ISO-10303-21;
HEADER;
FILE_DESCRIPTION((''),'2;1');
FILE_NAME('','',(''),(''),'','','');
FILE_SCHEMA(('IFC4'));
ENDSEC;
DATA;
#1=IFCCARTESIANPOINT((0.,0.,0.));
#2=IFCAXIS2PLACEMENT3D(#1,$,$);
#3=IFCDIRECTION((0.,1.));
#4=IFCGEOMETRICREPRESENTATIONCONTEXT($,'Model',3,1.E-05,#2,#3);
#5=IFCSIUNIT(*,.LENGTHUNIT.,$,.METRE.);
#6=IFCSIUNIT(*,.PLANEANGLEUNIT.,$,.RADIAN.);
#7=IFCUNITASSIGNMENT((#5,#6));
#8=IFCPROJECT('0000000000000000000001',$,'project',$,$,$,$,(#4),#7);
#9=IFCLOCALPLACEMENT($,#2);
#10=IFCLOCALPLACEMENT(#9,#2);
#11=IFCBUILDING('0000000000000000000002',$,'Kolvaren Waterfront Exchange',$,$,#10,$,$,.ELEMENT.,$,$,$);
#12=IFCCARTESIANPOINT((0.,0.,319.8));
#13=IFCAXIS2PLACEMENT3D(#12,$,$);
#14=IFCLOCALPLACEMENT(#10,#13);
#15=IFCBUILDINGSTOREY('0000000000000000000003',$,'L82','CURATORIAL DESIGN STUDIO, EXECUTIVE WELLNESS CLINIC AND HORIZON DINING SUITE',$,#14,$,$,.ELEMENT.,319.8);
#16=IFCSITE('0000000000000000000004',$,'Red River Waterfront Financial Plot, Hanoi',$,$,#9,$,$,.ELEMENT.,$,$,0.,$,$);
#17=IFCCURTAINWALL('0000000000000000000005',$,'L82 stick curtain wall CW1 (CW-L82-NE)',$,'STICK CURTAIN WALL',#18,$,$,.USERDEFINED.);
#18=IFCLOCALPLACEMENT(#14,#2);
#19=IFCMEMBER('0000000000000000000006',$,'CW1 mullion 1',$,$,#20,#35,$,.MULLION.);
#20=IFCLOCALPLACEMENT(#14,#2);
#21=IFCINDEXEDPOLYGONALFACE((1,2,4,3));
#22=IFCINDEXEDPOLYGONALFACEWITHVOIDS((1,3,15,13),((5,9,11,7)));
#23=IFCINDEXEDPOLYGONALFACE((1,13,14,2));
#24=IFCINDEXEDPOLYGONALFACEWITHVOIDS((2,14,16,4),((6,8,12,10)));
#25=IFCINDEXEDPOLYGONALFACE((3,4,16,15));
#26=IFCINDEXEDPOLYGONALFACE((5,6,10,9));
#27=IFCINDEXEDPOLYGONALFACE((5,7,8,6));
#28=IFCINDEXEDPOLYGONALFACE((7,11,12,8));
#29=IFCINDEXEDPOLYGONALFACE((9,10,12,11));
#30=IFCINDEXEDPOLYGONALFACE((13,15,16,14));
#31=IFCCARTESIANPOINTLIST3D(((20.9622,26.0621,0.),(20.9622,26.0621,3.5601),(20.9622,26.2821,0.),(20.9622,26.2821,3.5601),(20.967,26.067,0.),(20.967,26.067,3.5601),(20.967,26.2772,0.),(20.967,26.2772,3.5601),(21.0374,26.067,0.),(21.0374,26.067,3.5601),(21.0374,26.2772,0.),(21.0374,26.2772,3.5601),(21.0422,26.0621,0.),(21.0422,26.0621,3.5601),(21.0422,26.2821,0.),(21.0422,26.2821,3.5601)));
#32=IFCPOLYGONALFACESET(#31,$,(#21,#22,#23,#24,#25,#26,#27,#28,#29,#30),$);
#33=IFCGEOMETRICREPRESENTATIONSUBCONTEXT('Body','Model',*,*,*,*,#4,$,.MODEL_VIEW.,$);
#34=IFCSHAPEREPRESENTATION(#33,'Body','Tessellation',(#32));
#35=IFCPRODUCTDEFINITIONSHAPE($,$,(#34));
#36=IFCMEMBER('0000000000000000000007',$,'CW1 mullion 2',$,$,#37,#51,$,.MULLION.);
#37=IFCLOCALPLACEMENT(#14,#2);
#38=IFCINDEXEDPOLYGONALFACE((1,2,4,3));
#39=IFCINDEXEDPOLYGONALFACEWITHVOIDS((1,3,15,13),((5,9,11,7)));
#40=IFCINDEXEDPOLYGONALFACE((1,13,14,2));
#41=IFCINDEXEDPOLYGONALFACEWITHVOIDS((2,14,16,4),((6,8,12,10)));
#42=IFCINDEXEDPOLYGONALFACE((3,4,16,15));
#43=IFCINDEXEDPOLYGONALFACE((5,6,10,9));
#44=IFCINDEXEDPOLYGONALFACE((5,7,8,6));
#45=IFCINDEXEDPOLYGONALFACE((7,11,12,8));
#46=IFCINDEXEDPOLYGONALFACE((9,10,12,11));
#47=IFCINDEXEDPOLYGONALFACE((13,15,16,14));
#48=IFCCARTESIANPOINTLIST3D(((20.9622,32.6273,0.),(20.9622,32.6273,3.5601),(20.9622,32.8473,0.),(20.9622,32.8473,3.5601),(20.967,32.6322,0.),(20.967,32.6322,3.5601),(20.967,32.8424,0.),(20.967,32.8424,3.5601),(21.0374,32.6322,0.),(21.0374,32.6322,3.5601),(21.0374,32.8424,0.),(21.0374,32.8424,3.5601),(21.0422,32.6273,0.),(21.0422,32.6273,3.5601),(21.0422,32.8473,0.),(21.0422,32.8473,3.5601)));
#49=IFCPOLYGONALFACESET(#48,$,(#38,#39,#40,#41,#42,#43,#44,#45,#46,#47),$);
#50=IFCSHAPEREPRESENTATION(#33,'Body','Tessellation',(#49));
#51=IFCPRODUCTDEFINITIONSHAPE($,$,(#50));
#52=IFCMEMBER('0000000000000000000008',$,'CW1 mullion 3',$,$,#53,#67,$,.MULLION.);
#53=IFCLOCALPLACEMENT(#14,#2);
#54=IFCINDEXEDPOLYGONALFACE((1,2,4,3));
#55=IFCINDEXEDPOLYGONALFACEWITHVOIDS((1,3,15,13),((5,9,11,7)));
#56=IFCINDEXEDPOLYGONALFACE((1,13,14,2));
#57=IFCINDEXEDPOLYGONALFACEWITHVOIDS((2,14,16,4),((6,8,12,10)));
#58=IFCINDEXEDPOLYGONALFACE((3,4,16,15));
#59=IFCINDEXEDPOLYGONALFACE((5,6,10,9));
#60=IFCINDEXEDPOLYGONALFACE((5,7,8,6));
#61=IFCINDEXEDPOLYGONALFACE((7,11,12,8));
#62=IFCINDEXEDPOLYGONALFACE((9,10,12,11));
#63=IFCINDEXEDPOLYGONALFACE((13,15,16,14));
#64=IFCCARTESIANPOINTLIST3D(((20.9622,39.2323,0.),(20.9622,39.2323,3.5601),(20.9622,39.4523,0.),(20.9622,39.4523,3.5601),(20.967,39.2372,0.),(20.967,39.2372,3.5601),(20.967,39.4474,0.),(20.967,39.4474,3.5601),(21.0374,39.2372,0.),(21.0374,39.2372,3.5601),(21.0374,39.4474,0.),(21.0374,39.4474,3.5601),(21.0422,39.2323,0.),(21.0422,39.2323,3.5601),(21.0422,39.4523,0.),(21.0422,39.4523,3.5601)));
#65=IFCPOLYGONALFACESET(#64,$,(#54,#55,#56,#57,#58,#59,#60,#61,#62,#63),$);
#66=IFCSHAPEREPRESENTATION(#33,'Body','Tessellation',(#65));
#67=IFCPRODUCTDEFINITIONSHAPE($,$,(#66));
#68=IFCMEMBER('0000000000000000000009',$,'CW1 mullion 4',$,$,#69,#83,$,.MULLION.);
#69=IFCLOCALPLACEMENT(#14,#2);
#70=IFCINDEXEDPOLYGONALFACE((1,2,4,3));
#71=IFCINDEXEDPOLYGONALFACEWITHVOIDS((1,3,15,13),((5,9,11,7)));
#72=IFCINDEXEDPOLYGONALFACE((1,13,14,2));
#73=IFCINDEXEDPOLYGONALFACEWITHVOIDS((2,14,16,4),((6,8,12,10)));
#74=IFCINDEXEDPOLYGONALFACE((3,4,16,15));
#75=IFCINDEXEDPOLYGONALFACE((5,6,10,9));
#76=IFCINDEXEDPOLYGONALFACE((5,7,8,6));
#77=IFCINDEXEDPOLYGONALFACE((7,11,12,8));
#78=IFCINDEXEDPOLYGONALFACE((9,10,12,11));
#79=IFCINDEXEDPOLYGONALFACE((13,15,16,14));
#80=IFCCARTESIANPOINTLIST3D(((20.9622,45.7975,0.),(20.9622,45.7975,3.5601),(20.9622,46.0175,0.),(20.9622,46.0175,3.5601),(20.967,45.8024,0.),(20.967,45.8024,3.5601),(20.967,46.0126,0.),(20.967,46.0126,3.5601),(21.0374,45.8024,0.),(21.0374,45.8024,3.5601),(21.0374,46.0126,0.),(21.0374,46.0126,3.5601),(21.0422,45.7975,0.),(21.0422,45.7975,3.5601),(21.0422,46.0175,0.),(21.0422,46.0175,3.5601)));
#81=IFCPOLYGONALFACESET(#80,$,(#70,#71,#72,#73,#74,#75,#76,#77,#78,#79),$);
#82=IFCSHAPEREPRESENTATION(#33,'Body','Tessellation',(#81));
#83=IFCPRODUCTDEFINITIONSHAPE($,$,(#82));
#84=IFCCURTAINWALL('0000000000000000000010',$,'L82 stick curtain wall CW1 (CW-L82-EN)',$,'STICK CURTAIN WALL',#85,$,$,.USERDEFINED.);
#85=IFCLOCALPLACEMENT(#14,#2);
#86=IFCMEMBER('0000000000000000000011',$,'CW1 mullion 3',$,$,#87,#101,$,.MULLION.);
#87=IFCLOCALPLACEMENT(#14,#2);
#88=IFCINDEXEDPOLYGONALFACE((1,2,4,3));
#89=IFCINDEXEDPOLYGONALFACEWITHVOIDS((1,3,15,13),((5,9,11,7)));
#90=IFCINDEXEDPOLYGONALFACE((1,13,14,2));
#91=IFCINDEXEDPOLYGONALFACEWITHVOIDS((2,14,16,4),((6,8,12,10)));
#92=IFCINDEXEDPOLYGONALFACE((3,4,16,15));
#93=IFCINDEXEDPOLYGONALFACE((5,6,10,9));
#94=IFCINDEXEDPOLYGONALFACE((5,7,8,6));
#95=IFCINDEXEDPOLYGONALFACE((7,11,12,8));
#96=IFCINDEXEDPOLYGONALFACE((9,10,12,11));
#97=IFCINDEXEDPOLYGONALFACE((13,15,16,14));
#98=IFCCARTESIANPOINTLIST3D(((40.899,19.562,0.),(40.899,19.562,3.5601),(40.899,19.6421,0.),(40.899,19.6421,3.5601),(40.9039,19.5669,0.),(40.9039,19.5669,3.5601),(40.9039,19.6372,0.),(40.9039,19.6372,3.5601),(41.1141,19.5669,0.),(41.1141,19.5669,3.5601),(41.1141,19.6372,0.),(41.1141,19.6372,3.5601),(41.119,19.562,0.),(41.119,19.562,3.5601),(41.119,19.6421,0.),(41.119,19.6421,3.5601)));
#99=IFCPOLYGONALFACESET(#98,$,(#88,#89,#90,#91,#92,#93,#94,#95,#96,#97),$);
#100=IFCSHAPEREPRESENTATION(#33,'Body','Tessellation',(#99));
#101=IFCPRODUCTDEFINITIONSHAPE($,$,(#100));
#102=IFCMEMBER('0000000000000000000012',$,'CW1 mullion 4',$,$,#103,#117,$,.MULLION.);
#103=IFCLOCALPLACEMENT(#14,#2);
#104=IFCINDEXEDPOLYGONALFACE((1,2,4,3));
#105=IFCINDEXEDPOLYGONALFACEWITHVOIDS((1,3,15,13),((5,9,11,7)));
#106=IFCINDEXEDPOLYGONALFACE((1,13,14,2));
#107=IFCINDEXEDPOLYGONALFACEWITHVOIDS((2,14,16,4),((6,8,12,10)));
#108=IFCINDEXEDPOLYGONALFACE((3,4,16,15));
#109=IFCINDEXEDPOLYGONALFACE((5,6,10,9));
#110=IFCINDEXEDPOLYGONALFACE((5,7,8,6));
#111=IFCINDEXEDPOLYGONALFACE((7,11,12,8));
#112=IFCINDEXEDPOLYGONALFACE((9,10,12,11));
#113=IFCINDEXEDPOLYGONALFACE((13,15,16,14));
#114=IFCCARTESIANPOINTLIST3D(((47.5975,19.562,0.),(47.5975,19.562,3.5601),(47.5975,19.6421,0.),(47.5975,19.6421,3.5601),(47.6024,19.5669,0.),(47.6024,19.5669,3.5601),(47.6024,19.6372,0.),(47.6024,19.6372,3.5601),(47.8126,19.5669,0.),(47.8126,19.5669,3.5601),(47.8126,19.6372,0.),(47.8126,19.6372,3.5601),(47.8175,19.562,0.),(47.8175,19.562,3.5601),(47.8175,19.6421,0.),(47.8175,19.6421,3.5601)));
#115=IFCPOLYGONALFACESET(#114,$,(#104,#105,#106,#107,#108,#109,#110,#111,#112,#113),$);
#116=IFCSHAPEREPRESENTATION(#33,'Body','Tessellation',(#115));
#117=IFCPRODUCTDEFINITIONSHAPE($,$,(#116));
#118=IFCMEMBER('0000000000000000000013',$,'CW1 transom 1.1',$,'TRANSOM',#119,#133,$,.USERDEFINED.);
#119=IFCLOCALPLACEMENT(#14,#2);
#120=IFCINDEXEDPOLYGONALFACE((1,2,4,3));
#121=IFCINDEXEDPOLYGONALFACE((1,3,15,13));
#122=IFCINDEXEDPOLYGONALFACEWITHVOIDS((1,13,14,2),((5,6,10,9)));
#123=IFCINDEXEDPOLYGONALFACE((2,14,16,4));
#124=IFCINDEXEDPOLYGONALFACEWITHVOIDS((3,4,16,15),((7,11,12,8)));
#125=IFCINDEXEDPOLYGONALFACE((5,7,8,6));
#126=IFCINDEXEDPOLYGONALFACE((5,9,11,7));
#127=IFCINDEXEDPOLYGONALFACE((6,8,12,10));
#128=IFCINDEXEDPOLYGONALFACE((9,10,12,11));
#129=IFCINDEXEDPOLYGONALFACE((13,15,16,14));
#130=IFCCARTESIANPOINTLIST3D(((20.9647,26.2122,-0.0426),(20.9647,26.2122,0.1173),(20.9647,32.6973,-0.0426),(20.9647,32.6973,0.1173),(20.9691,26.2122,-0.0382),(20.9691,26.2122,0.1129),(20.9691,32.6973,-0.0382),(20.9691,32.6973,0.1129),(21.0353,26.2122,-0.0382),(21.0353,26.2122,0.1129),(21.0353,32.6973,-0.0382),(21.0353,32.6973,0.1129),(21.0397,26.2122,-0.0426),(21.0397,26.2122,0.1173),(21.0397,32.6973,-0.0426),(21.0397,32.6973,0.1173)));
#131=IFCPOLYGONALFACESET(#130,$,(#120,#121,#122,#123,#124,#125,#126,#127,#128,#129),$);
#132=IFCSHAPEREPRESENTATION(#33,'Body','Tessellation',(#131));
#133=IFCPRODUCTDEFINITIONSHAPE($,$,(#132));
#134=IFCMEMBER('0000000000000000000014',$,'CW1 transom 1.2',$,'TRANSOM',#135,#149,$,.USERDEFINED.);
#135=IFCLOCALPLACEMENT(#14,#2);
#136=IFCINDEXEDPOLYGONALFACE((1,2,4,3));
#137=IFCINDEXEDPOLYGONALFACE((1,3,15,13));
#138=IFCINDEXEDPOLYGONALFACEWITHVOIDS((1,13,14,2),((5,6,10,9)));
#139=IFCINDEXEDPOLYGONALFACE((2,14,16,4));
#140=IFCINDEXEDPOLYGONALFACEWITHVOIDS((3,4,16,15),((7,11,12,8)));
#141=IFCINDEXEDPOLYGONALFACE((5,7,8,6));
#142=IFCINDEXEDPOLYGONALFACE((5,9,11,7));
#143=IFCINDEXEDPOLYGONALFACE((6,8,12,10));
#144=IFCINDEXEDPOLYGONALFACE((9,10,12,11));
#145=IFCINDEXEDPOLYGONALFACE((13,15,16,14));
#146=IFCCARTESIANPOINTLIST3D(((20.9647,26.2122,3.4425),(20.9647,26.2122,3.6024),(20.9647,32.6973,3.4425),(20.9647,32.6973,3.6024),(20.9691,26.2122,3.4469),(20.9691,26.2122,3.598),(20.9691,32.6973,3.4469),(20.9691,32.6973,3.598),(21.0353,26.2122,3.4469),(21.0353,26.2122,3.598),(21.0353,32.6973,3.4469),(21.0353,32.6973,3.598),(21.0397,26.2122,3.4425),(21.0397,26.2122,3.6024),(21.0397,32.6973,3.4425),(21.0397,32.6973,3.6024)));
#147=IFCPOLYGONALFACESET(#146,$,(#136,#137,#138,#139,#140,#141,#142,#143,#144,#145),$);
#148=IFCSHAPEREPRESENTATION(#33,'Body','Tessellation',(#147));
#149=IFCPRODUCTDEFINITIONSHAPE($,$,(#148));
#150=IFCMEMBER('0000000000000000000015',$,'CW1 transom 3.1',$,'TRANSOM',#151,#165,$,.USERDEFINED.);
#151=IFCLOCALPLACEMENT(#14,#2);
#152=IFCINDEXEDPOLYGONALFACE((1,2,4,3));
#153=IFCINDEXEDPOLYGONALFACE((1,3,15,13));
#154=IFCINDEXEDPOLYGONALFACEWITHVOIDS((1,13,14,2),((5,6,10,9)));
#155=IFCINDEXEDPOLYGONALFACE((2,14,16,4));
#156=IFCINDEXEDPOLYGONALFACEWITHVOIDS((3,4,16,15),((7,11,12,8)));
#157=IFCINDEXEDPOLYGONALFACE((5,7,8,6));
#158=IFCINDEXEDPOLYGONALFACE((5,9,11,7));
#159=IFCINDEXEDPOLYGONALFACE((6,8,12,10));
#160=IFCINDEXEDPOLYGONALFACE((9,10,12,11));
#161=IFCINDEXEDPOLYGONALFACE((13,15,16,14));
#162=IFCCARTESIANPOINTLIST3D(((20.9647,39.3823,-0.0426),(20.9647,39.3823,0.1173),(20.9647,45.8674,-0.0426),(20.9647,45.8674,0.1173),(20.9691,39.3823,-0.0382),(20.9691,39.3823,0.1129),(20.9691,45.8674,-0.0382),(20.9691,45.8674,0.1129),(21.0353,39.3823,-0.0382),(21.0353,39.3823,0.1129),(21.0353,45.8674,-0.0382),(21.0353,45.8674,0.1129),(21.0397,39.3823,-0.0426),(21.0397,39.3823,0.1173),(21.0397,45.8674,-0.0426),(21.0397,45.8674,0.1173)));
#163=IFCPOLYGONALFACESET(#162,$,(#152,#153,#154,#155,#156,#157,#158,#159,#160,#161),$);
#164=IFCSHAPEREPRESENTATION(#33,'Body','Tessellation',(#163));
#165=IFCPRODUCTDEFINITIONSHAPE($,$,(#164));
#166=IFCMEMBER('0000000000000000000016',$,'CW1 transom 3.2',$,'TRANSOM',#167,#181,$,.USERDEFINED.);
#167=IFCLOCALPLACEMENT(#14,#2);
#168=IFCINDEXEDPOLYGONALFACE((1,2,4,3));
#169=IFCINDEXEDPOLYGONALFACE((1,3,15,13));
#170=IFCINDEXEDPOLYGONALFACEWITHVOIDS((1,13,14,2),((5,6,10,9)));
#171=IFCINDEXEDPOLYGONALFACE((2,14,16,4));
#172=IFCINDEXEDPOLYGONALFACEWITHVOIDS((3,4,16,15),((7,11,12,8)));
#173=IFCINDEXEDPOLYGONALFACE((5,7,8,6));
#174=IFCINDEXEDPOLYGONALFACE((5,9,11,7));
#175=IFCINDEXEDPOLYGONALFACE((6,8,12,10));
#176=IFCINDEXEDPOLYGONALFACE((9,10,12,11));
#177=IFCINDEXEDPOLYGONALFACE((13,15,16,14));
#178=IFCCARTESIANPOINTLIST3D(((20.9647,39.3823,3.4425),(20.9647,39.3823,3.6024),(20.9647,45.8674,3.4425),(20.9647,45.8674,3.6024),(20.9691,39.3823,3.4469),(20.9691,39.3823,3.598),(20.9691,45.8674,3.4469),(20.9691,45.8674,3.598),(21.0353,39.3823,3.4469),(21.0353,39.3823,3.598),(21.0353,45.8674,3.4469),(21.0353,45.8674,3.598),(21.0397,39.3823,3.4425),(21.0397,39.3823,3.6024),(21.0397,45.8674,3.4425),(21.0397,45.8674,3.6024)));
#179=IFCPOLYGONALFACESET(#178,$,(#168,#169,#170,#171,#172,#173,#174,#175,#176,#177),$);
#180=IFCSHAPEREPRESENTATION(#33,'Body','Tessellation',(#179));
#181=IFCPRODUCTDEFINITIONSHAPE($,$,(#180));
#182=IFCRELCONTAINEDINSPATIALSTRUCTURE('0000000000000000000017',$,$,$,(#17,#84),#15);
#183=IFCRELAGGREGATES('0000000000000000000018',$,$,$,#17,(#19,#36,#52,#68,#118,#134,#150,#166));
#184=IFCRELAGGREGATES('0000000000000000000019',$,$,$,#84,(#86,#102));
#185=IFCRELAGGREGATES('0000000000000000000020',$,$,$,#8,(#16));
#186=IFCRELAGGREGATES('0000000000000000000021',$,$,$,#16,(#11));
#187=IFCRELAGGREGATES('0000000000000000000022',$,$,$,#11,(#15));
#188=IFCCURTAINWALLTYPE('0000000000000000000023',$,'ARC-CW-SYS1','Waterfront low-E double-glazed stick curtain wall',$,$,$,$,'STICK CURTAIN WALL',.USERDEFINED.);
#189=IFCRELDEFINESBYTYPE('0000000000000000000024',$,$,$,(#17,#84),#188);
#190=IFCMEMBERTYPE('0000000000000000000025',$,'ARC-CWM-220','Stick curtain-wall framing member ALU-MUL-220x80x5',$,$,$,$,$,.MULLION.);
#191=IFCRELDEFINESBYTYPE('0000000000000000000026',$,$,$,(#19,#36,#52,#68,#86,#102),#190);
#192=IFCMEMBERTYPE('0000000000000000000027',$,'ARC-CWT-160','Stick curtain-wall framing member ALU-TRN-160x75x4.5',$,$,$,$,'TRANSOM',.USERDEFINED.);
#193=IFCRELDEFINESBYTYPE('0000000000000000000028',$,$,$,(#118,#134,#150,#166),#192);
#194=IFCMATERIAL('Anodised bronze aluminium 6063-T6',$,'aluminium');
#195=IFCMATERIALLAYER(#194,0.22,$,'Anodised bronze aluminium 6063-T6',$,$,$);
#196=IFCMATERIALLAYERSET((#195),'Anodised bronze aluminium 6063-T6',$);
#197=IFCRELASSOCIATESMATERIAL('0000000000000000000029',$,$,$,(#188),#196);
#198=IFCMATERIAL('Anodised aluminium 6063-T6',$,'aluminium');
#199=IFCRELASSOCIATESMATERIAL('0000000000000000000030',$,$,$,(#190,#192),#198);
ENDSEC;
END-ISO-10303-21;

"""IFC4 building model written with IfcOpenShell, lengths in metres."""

from ifc_helpers import new_model, si_unit, direction, frame, origin, origin_with_axes, origin_2d, place, context, subcontext, project, spatial, hollow_rectangle, extrude, source, transform, mapped, material, layer, layer_set, material_profile, profile_set, type_object, element, aggregate, save


model = new_model("IFC4")

# Units and contexts
model_context = context("Model", 3, precision=1e-05, world=origin(), true_north=direction((0.0, 1.0)))
body_context = subcontext(model_context, "Body", "Model", "MODEL_VIEW")
ifc_project = project(units=[si_unit("LENGTHUNIT", "METRE"), si_unit("PLANEANGLEUNIT", "RADIAN")], contexts=[model_context])

# Site, building, storey
site_placement = place(None, origin())
site = spatial("IfcSite", under=ifc_project, at=site_placement, Name="Red River Waterfront Financial Plot, Hanoi", CompositionType="ELEMENT", RefElevation=0.0)
building_placement = place(site_placement, origin())
building = spatial("IfcBuilding", under=site, at=building_placement, Name="Kolvaren Waterfront Exchange", CompositionType="ELEMENT")
storey_placement = place(building_placement, frame((0.0, 0.0, 319.8)))
storey = spatial("IfcBuildingStorey", under=building, at=storey_placement, Name="L82", Description="CURATORIAL DESIGN STUDIO, EXECUTIVE WELLNESS CLINIC AND HORIZON DINING SUITE", CompositionType="ELEMENT", Elevation=319.8)

# Curtain walls, members
ifc_material_1 = material(Name="Anodised bronze aluminium 6063-T6", Category="aluminium")
ifc_layer_1 = layer(ifc_material_1, 0.22, Name="Anodised bronze aluminium 6063-T6")
ifc_layer_set_1 = layer_set([ifc_layer_1], Name="Anodised bronze aluminium 6063-T6")
curtain_wall_type = type_object("IfcCurtainWallType", Name="ARC-CW-SYS1", Description="Waterfront low-E double-glazed stick curtain wall", ElementType="STICK CURTAIN WALL", PredefinedType="USERDEFINED", material=ifc_layer_set_1)
curtain_wall_1_placement = place(storey_placement, origin())
curtain_wall_1 = element("IfcCurtainWall", 1, at=curtain_wall_1_placement, inside=storey, type_object=curtain_wall_type, Name="L82 stick curtain wall CW1 (CW-L82-NE)", ObjectType="STICK CURTAIN WALL", PredefinedType="USERDEFINED")
ifc_material_2 = material(Name="Anodised aluminium 6063-T6", Category="aluminium")
ifc_material_profile_1 = material_profile(ifc_material_2, hollow_rectangle(XDim=0.0801, YDim=0.22, WallThickness=0.0049, at=origin_2d()), Name="ALU-MUL-220x80x5")
ifc_profile_set_1 = profile_set([ifc_material_profile_1], Name="Anodised aluminium 6063-T6")
member_type_1 = type_object("IfcMemberType", Name="ARC-CWM-220", Description="Stick curtain-wall framing member ALU-MUL-220x80x5", PredefinedType="MULLION", material=ifc_profile_set_1)
shared_shape_1 = source(origin_with_axes(), body_context, "Body", "SweptSolid", [
    extrude(hollow_rectangle(XDim=0.0801, YDim=0.22, WallThickness=0.0049, at=origin_2d()), origin(), (0.0, 0.0, 1.0), 3.5601),
])
member_1_placement = place(storey_placement, frame((21.0022, 26.1721, 0.0), z_axis=(0.0, 0.0, 1.0), x_axis=(-1.0, 0.0, 0.0)))
member_1 = element("IfcMember", 2, at=member_1_placement, type_object=member_type_1, Name="CW1 mullion 1", PredefinedType="MULLION", context=body_context, shape_type="MappedRepresentation", body=[
    mapped(shared_shape_1, transform((0.0, 0.0, 0.0), x_axis=(1.0, 0.0, 0.0), y_axis=(0.0, 1.0, 0.0), z_axis=(0.0, 0.0, 1.0), scale=1.0)),
])
member_2_placement = place(storey_placement, frame((21.0022, 32.7373, 0.0), z_axis=(0.0, 0.0, 1.0), x_axis=(-1.0, 0.0, 0.0)))
member_2 = element("IfcMember", 3, at=member_2_placement, type_object=member_type_1, Name="CW1 mullion 2", PredefinedType="MULLION", context=body_context, shape_type="MappedRepresentation", body=[
    mapped(shared_shape_1, transform((0.0, 0.0, 0.0), x_axis=(1.0, 0.0, 0.0), y_axis=(0.0, 1.0, 0.0), z_axis=(0.0, 0.0, 1.0), scale=1.0)),
])
member_3_placement = place(storey_placement, frame((21.0022, 39.3423, 0.0), z_axis=(0.0, 0.0, 1.0), x_axis=(-1.0, 0.0, 0.0)))
member_3 = element("IfcMember", 4, at=member_3_placement, type_object=member_type_1, Name="CW1 mullion 3", PredefinedType="MULLION", context=body_context, shape_type="MappedRepresentation", body=[
    mapped(shared_shape_1, transform((0.0, 0.0, 0.0), x_axis=(1.0, 0.0, 0.0), y_axis=(0.0, 1.0, 0.0), z_axis=(0.0, 0.0, 1.0), scale=1.0)),
])
member_4_placement = place(storey_placement, frame((21.0022, 45.9075, 0.0), z_axis=(0.0, 0.0, 1.0), x_axis=(-1.0, 0.0, 0.0)))
member_4 = element("IfcMember", 5, at=member_4_placement, type_object=member_type_1, Name="CW1 mullion 4", PredefinedType="MULLION", context=body_context, shape_type="MappedRepresentation", body=[
    mapped(shared_shape_1, transform((0.0, 0.0, 0.0), x_axis=(1.0, 0.0, 0.0), y_axis=(0.0, 1.0, 0.0), z_axis=(0.0, 0.0, 1.0), scale=1.0)),
])
curtain_wall_2_placement = place(storey_placement, origin())
curtain_wall_2 = element("IfcCurtainWall", 6, at=curtain_wall_2_placement, inside=storey, type_object=curtain_wall_type, Name="L82 stick curtain wall CW1 (CW-L82-EN)", ObjectType="STICK CURTAIN WALL", PredefinedType="USERDEFINED")
member_5_placement = place(storey_placement, frame((41.009, 19.6021, 0.0), z_axis=(0.0, 0.0, 1.0), x_axis=(0.0, 1.0, 0.0)))
member_5 = element("IfcMember", 7, at=member_5_placement, type_object=member_type_1, Name="CW1 mullion 3", PredefinedType="MULLION", context=body_context, shape_type="MappedRepresentation", body=[
    mapped(shared_shape_1, transform((0.0, 0.0, 0.0), x_axis=(1.0, 0.0, 0.0), y_axis=(0.0, 1.0, 0.0), z_axis=(0.0, 0.0, 1.0), scale=1.0)),
])
member_6_placement = place(storey_placement, frame((47.7075, 19.6021, 0.0), z_axis=(0.0, 0.0, 1.0), x_axis=(0.0, 1.0, 0.0)))
member_6 = element("IfcMember", 8, at=member_6_placement, type_object=member_type_1, Name="CW1 mullion 4", PredefinedType="MULLION", context=body_context, shape_type="MappedRepresentation", body=[
    mapped(shared_shape_1, transform((0.0, 0.0, 0.0), x_axis=(1.0, 0.0, 0.0), y_axis=(0.0, 1.0, 0.0), z_axis=(0.0, 0.0, 1.0), scale=1.0)),
])

# Members
ifc_material_profile_2 = material_profile(ifc_material_2, hollow_rectangle(XDim=0.075, YDim=0.1599, WallThickness=0.0044, at=origin_2d()), Name="ALU-TRN-160x75x4.5")
ifc_profile_set_2 = profile_set([ifc_material_profile_2], Name="Anodised aluminium 6063-T6")
member_type_2 = type_object("IfcMemberType", Name="ARC-CWT-160", Description="Stick curtain-wall framing member ALU-TRN-160x75x4.5", ElementType="TRANSOM", PredefinedType="USERDEFINED", material=ifc_profile_set_2)
shared_shape_2 = source(origin_with_axes(), body_context, "Body", "SweptSolid", [
    extrude(hollow_rectangle(XDim=0.075, YDim=0.1599, WallThickness=0.0044, at=origin_2d()), origin(), (0.0, 0.0, 1.0), 6.4851),
])
member_7_placement = place(storey_placement, frame((21.0022, 26.2122, 0.0374), z_axis=(0.0, 1.0, 0.0), x_axis=(-1.0, 0.0, 0.0)))
member_7 = element("IfcMember", 9, at=member_7_placement, type_object=member_type_2, Name="CW1 transom 1.1", ObjectType="TRANSOM", PredefinedType="USERDEFINED", context=body_context, shape_type="MappedRepresentation", body=[
    mapped(shared_shape_2, transform((0.0, 0.0, 0.0), x_axis=(1.0, 0.0, 0.0), y_axis=(0.0, 1.0, 0.0), z_axis=(0.0, 0.0, 1.0), scale=1.0)),
])
member_8_placement = place(storey_placement, frame((21.0022, 26.2122, 3.5225), z_axis=(0.0, 1.0, 0.0), x_axis=(-1.0, 0.0, 0.0)))
member_8 = element("IfcMember", 10, at=member_8_placement, type_object=member_type_2, Name="CW1 transom 1.2", ObjectType="TRANSOM", PredefinedType="USERDEFINED", context=body_context, shape_type="MappedRepresentation", body=[
    mapped(shared_shape_2, transform((0.0, 0.0, 0.0), x_axis=(1.0, 0.0, 0.0), y_axis=(0.0, 1.0, 0.0), z_axis=(0.0, 0.0, 1.0), scale=1.0)),
])
member_9_placement = place(storey_placement, frame((21.0022, 39.3823, 0.0374), z_axis=(0.0, 1.0, 0.0), x_axis=(-1.0, 0.0, 0.0)))
member_9 = element("IfcMember", 11, at=member_9_placement, type_object=member_type_2, Name="CW1 transom 3.1", ObjectType="TRANSOM", PredefinedType="USERDEFINED", context=body_context, shape_type="MappedRepresentation", body=[
    mapped(shared_shape_2, transform((0.0, 0.0, 0.0), x_axis=(1.0, 0.0, 0.0), y_axis=(0.0, 1.0, 0.0), z_axis=(0.0, 0.0, 1.0), scale=1.0)),
])
member_10_placement = place(storey_placement, frame((21.0022, 39.3823, 3.5225), z_axis=(0.0, 1.0, 0.0), x_axis=(-1.0, 0.0, 0.0)))
member_10 = element("IfcMember", 12, at=member_10_placement, type_object=member_type_2, Name="CW1 transom 3.2", ObjectType="TRANSOM", PredefinedType="USERDEFINED", context=body_context, shape_type="MappedRepresentation", body=[
    mapped(shared_shape_2, transform((0.0, 0.0, 0.0), x_axis=(1.0, 0.0, 0.0), y_axis=(0.0, 1.0, 0.0), z_axis=(0.0, 0.0, 1.0), scale=1.0)),
])

aggregate(curtain_wall_1, [member_1, member_2, member_3, member_4, member_7, member_8, member_9, member_10])
aggregate(curtain_wall_2, [member_5, member_6])

save(model, "model.ifc")
